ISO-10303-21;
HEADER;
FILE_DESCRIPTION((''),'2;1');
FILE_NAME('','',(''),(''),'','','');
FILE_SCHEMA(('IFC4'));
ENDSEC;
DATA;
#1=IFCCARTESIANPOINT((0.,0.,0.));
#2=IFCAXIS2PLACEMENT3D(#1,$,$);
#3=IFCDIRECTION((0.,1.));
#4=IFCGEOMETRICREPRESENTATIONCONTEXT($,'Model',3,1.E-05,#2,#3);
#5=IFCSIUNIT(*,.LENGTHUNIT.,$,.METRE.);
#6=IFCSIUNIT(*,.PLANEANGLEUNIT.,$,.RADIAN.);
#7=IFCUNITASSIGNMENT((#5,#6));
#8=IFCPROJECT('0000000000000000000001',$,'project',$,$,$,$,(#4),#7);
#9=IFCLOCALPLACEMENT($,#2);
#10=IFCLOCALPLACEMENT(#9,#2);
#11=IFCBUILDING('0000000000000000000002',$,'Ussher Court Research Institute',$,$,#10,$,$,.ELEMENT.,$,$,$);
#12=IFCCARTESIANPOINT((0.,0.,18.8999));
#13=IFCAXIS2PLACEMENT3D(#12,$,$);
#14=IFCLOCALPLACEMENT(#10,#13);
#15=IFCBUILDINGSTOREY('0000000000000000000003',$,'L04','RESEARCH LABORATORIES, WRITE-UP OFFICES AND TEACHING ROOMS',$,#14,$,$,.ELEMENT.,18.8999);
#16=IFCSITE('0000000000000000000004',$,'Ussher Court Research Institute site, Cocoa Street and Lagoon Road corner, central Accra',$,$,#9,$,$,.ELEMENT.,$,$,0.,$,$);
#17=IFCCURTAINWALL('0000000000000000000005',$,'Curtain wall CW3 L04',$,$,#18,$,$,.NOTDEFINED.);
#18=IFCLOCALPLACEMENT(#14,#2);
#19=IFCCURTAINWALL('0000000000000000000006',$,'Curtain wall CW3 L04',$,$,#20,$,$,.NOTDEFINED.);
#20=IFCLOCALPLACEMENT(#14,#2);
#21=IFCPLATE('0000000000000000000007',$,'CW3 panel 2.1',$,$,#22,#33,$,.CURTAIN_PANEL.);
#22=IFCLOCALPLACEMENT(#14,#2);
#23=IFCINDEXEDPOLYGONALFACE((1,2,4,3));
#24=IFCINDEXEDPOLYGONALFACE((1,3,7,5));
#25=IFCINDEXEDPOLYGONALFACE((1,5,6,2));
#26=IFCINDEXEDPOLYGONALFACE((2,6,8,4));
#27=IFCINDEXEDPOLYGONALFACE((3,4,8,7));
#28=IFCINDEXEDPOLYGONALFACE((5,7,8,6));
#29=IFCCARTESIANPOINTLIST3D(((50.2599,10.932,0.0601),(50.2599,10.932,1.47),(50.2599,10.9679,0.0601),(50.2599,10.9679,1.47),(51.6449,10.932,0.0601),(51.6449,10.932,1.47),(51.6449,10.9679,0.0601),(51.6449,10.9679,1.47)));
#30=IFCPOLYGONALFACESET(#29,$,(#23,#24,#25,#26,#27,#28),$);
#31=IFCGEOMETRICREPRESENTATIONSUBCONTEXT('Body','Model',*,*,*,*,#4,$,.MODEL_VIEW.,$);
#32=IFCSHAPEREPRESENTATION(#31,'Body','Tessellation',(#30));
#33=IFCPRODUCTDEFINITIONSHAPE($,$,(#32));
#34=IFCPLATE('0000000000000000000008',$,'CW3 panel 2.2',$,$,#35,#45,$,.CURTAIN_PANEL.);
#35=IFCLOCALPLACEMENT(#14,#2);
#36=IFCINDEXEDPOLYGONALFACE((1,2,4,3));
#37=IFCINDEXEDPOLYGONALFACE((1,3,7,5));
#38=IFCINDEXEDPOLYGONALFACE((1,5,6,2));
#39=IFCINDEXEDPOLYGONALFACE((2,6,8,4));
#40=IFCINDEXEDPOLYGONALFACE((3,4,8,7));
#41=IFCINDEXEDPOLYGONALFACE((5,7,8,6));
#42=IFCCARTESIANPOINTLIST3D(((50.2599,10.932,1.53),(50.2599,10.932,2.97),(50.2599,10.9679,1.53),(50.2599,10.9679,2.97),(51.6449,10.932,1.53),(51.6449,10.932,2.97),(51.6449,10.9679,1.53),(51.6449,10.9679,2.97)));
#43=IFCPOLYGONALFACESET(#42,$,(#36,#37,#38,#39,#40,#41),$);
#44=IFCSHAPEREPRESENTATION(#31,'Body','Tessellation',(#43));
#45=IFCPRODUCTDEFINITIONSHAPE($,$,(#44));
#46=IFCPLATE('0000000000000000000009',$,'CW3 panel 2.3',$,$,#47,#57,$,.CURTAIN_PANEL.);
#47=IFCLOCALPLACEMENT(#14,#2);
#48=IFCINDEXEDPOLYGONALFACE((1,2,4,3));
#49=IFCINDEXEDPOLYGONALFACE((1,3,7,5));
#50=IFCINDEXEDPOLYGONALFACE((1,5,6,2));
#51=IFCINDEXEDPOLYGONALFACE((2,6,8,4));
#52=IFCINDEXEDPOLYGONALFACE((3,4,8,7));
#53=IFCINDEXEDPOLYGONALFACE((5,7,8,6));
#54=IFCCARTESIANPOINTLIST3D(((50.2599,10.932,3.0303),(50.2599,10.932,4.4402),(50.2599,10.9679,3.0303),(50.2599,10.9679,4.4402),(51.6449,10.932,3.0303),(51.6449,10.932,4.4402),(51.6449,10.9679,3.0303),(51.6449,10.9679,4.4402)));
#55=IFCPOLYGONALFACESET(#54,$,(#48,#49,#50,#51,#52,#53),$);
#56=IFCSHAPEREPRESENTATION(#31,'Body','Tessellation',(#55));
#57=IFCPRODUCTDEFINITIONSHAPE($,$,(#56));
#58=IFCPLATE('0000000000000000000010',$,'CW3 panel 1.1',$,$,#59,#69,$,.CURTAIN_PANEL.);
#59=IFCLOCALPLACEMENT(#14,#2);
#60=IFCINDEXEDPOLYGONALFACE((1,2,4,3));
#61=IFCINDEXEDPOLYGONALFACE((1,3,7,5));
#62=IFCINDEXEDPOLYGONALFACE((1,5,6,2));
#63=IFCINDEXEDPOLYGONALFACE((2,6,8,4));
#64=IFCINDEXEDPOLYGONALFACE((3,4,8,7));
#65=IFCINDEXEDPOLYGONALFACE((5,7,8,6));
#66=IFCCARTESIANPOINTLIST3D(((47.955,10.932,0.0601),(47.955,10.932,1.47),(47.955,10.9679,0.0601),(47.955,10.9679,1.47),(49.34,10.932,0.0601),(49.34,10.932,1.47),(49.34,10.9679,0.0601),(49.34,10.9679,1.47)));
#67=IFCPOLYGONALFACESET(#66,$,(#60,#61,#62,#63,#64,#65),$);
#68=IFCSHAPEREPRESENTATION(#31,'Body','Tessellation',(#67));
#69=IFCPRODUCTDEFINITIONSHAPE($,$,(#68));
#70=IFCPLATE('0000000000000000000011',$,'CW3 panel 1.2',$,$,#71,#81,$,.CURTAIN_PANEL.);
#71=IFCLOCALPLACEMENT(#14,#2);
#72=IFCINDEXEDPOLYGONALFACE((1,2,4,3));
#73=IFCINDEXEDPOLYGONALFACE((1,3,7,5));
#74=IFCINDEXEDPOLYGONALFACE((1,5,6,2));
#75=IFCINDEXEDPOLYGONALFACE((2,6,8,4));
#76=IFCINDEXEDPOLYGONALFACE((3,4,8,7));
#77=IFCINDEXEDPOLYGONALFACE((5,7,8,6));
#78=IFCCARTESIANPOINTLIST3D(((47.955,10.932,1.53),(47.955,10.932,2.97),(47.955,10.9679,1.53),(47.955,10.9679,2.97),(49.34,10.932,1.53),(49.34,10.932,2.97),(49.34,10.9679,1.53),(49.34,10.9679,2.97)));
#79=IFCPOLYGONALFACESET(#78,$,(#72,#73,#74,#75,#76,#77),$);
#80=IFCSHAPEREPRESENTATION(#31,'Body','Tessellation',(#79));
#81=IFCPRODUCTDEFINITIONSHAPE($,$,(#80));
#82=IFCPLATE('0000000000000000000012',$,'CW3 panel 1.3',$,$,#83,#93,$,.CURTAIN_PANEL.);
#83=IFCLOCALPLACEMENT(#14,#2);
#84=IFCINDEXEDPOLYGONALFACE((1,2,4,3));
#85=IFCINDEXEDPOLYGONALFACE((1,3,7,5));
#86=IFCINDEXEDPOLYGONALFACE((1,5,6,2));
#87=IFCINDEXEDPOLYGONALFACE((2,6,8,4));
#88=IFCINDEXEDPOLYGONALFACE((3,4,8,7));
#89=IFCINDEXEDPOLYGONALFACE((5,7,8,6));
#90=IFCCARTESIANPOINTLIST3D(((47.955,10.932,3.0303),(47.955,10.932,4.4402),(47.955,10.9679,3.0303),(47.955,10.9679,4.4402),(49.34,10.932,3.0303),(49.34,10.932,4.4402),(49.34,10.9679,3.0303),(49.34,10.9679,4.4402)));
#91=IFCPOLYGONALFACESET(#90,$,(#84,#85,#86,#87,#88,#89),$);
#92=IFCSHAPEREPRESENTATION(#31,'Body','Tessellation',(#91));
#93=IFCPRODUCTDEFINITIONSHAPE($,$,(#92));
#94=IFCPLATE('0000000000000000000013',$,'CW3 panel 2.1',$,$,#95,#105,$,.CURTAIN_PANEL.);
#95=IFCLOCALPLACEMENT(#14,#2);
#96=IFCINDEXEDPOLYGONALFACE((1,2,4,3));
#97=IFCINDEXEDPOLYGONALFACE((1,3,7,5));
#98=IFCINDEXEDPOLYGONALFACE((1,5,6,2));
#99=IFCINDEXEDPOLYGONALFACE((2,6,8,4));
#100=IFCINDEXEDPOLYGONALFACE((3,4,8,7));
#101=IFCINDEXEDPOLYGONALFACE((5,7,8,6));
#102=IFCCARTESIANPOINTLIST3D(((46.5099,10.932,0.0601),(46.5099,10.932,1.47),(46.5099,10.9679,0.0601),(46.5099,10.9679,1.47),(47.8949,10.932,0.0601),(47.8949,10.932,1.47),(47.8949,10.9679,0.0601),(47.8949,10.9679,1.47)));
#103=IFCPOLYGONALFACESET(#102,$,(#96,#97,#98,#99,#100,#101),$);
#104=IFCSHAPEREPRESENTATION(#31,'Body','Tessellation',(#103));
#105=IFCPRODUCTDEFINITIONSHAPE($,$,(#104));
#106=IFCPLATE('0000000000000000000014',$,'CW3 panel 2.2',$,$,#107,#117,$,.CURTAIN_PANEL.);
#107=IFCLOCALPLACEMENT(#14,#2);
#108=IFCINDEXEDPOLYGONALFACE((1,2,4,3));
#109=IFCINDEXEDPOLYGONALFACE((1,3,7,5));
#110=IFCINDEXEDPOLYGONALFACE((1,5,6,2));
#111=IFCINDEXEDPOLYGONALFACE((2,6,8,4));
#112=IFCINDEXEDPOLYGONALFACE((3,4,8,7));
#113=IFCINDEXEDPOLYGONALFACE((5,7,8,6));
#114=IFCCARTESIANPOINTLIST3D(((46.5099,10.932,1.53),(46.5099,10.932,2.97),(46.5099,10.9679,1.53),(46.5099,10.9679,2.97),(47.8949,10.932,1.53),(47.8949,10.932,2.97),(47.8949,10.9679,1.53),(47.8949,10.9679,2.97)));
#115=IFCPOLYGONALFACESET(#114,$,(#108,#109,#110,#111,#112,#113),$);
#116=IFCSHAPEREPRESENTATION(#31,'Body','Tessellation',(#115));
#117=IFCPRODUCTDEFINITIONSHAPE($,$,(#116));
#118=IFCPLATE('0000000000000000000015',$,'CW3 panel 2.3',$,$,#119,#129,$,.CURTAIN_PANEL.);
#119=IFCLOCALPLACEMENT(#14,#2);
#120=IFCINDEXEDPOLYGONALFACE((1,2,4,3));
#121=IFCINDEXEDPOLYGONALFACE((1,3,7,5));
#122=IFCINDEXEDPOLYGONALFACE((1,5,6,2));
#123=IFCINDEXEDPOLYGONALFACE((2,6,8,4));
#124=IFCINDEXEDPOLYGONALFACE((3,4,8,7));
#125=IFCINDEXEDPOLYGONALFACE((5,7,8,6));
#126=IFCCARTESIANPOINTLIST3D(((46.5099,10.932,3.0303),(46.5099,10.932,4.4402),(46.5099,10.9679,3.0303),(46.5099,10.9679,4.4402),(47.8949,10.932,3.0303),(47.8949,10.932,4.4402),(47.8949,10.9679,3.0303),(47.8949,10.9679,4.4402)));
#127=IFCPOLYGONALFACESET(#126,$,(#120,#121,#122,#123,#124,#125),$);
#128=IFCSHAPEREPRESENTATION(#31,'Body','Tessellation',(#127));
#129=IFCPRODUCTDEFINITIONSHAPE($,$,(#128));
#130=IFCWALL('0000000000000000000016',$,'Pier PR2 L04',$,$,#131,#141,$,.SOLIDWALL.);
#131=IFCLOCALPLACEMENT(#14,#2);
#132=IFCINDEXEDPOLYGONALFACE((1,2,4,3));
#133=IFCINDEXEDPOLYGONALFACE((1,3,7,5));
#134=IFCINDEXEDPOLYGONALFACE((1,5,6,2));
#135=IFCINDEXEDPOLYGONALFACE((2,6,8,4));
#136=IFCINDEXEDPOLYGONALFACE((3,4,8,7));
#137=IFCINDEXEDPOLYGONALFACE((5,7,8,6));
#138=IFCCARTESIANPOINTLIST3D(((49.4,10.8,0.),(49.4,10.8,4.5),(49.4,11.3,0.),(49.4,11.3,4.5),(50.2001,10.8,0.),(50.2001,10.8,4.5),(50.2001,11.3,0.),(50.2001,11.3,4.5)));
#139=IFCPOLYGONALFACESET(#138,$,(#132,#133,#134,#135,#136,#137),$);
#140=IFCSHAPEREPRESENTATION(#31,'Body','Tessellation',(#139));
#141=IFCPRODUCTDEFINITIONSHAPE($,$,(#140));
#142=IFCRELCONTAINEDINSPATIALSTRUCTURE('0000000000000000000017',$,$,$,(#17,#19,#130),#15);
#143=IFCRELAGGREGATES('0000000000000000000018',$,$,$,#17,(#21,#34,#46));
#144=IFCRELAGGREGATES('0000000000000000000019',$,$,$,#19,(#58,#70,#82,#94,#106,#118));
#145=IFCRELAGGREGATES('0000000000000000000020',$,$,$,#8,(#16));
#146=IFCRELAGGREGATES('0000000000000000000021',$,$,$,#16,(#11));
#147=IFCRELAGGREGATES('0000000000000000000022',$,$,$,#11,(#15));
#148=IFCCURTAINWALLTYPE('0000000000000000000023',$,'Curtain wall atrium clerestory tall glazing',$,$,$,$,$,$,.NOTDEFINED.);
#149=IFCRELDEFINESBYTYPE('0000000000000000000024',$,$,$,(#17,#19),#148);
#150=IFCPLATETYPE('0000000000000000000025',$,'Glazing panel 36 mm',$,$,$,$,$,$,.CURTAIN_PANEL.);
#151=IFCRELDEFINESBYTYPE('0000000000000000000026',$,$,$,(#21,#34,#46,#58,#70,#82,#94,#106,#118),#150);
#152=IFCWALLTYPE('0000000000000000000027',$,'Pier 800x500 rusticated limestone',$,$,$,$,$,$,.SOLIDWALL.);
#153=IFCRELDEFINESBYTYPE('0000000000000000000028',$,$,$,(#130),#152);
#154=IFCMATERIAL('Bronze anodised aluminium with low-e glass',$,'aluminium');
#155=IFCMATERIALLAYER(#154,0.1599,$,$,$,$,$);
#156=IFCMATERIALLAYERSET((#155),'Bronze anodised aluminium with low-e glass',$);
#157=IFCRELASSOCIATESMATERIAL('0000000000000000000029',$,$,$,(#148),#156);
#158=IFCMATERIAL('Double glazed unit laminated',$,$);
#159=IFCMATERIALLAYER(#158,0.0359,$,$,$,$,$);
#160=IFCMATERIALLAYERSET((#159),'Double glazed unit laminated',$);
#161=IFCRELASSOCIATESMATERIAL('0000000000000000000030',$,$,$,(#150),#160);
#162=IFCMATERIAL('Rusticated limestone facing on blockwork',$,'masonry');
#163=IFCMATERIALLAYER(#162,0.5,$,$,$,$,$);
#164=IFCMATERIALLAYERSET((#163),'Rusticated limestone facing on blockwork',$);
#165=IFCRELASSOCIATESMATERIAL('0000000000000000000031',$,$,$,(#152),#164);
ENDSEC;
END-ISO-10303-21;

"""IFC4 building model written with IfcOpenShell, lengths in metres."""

from ifc_helpers import new_model, si_unit, direction, frame, frame_2d, origin, origin_2d, place, context, subcontext, project, spatial, rectangle, extrude, material, layer, layer_set, type_object, element, aggregate, save


model = new_model("IFC4")

# Units and contexts
model_context = context("Model", 3, precision=1e-05, world=origin(), true_north=direction((0.0, 1.0)))
body_context = subcontext(model_context, "Body", "Model", "MODEL_VIEW")
ifc_project = project(units=[si_unit("LENGTHUNIT", "METRE"), si_unit("PLANEANGLEUNIT", "RADIAN")], contexts=[model_context])

# Site, building, storey
site_placement = place(None, origin())
site = spatial("IfcSite", under=ifc_project, at=site_placement, Name="Ussher Court Research Institute site, Cocoa Street and Lagoon Road corner, central Accra", CompositionType="ELEMENT", RefElevation=0.0)
building_placement = place(site_placement, origin())
building = spatial("IfcBuilding", under=site, at=building_placement, Name="Ussher Court Research Institute", CompositionType="ELEMENT")
storey_placement = place(building_placement, frame((0.0, 0.0, 18.8999)))
storey = spatial("IfcBuildingStorey", under=building, at=storey_placement, Name="L04", Description="RESEARCH LABORATORIES, WRITE-UP OFFICES AND TEACHING ROOMS", CompositionType="ELEMENT", Elevation=18.8999)

# Curtain wall
ifc_material_1 = material(Name="Bronze anodised aluminium with low-e glass", Category="aluminium")
ifc_layer_1 = layer(ifc_material_1, 0.1599)
ifc_layer_set_1 = layer_set([ifc_layer_1], Name="Bronze anodised aluminium with low-e glass")
curtain_wall_type = type_object("IfcCurtainWallType", Name="Curtain wall atrium clerestory tall glazing", PredefinedType="NOTDEFINED", material=ifc_layer_set_1)
curtain_wall_1_placement = place(storey_placement, origin())
curtain_wall_1 = element("IfcCurtainWall", 1, at=curtain_wall_1_placement, inside=storey, type_object=curtain_wall_type, Name="Curtain wall CW3 L04", PredefinedType="NOTDEFINED")

# Curtain wall
curtain_wall_2_placement = place(storey_placement, origin())
curtain_wall_2 = element("IfcCurtainWall", 2, at=curtain_wall_2_placement, inside=storey, type_object=curtain_wall_type, Name="Curtain wall CW3 L04", PredefinedType="NOTDEFINED")

# Plates
ifc_material_2 = material(Name="Double glazed unit laminated")
ifc_layer_2 = layer(ifc_material_2, 0.0359)
ifc_layer_set_2 = layer_set([ifc_layer_2], Name="Double glazed unit laminated")
plate_type = type_object("IfcPlateType", Name="Glazing panel 36 mm", PredefinedType="CURTAIN_PANEL", material=ifc_layer_set_2)
plate_1_placement = place(storey_placement, frame((50.9524, 10.95, 0.0601), z_axis=(0.0, 0.0, 1.0), x_axis=(-1.0, 0.0, 0.0)))
plate_1 = element("IfcPlate", 3, at=plate_1_placement, type_object=plate_type, Name="CW3 panel 2.1", PredefinedType="CURTAIN_PANEL", context=body_context, shape_type="SweptSolid", body=[
    extrude(rectangle(XDim=1.385, YDim=0.0359, at=origin_2d()), origin(), (0.0, 0.0, 1.0), 1.4099),
])
plate_2_placement = place(storey_placement, frame((50.9524, 10.95, 1.53), z_axis=(0.0, 0.0, 1.0), x_axis=(-1.0, 0.0, 0.0)))
plate_2 = element("IfcPlate", 4, at=plate_2_placement, type_object=plate_type, Name="CW3 panel 2.2", PredefinedType="CURTAIN_PANEL", context=body_context, shape_type="SweptSolid", body=[
    extrude(rectangle(XDim=1.385, YDim=0.0359, at=origin_2d()), origin(), (0.0, 0.0, 1.0), 1.4399),
])
plate_3_placement = place(storey_placement, frame((50.9524, 10.95, 3.0303), z_axis=(0.0, 0.0, 1.0), x_axis=(-1.0, 0.0, 0.0)))
plate_3 = element("IfcPlate", 5, at=plate_3_placement, type_object=plate_type, Name="CW3 panel 2.3", PredefinedType="CURTAIN_PANEL", context=body_context, shape_type="SweptSolid", body=[
    extrude(rectangle(XDim=1.385, YDim=0.0359, at=origin_2d()), origin(), (0.0, 0.0, 1.0), 1.4099),
])
aggregate(curtain_wall_1, [plate_1, plate_2, plate_3])
plate_4_placement = place(storey_placement, frame((48.6475, 10.95, 0.0601), z_axis=(0.0, 0.0, 1.0), x_axis=(-1.0, 0.0, 0.0)))
plate_4 = element("IfcPlate", 6, at=plate_4_placement, type_object=plate_type, Name="CW3 panel 1.1", PredefinedType="CURTAIN_PANEL", context=body_context, shape_type="SweptSolid", body=[
    extrude(rectangle(XDim=1.385, YDim=0.0359, at=origin_2d()), origin(), (0.0, 0.0, 1.0), 1.4099),
])
plate_5_placement = place(storey_placement, frame((48.6475, 10.95, 1.53), z_axis=(0.0, 0.0, 1.0), x_axis=(-1.0, 0.0, 0.0)))
plate_5 = element("IfcPlate", 7, at=plate_5_placement, type_object=plate_type, Name="CW3 panel 1.2", PredefinedType="CURTAIN_PANEL", context=body_context, shape_type="SweptSolid", body=[
    extrude(rectangle(XDim=1.385, YDim=0.0359, at=origin_2d()), origin(), (0.0, 0.0, 1.0), 1.4399),
])
plate_6_placement = place(storey_placement, frame((48.6475, 10.95, 3.0303), z_axis=(0.0, 0.0, 1.0), x_axis=(-1.0, 0.0, 0.0)))
plate_6 = element("IfcPlate", 8, at=plate_6_placement, type_object=plate_type, Name="CW3 panel 1.3", PredefinedType="CURTAIN_PANEL", context=body_context, shape_type="SweptSolid", body=[
    extrude(rectangle(XDim=1.385, YDim=0.0359, at=origin_2d()), origin(), (0.0, 0.0, 1.0), 1.4099),
])
plate_7_placement = place(storey_placement, frame((47.2024, 10.95, 0.0601), z_axis=(0.0, 0.0, 1.0), x_axis=(-1.0, 0.0, 0.0)))
plate_7 = element("IfcPlate", 9, at=plate_7_placement, type_object=plate_type, Name="CW3 panel 2.1", PredefinedType="CURTAIN_PANEL", context=body_context, shape_type="SweptSolid", body=[
    extrude(rectangle(XDim=1.385, YDim=0.0359, at=origin_2d()), origin(), (0.0, 0.0, 1.0), 1.4099),
])
plate_8_placement = place(storey_placement, frame((47.2024, 10.95, 1.53), z_axis=(0.0, 0.0, 1.0), x_axis=(-1.0, 0.0, 0.0)))
plate_8 = element("IfcPlate", 10, at=plate_8_placement, type_object=plate_type, Name="CW3 panel 2.2", PredefinedType="CURTAIN_PANEL", context=body_context, shape_type="SweptSolid", body=[
    extrude(rectangle(XDim=1.385, YDim=0.0359, at=origin_2d()), origin(), (0.0, 0.0, 1.0), 1.4399),
])
plate_9_placement = place(storey_placement, frame((47.2024, 10.95, 3.0303), z_axis=(0.0, 0.0, 1.0), x_axis=(-1.0, 0.0, 0.0)))
plate_9 = element("IfcPlate", 11, at=plate_9_placement, type_object=plate_type, Name="CW3 panel 2.3", PredefinedType="CURTAIN_PANEL", context=body_context, shape_type="SweptSolid", body=[
    extrude(rectangle(XDim=1.385, YDim=0.0359, at=origin_2d()), origin(), (0.0, 0.0, 1.0), 1.4099),
])
aggregate(curtain_wall_2, [plate_4, plate_5, plate_6, plate_7, plate_8, plate_9])

# Wall
ifc_material_3 = material(Name="Rusticated limestone facing on blockwork", Category="masonry")
ifc_layer_3 = layer(ifc_material_3, 0.5)
ifc_layer_set_3 = layer_set([ifc_layer_3], Name="Rusticated limestone facing on blockwork")
wall_type = type_object("IfcWallType", Name="Pier 800x500 rusticated limestone", PredefinedType="SOLIDWALL", material=ifc_layer_set_3)
wall_placement = place(storey_placement, frame((50.2, 11.05, 0.0), z_axis=(0.0, 0.0, 1.0), x_axis=(-1.0, 0.0, 0.0)))
element("IfcWall", 12, at=wall_placement, inside=storey, type_object=wall_type, Name="Pier PR2 L04", PredefinedType="SOLIDWALL", context=body_context, shape_type="SweptSolid", body=[
    extrude(rectangle(XDim=0.8, YDim=0.5, at=frame_2d((0.3999, 0.0))), origin(), (0.0, 0.0, 1.0), 4.5),
])

save(model, "model.ifc")
